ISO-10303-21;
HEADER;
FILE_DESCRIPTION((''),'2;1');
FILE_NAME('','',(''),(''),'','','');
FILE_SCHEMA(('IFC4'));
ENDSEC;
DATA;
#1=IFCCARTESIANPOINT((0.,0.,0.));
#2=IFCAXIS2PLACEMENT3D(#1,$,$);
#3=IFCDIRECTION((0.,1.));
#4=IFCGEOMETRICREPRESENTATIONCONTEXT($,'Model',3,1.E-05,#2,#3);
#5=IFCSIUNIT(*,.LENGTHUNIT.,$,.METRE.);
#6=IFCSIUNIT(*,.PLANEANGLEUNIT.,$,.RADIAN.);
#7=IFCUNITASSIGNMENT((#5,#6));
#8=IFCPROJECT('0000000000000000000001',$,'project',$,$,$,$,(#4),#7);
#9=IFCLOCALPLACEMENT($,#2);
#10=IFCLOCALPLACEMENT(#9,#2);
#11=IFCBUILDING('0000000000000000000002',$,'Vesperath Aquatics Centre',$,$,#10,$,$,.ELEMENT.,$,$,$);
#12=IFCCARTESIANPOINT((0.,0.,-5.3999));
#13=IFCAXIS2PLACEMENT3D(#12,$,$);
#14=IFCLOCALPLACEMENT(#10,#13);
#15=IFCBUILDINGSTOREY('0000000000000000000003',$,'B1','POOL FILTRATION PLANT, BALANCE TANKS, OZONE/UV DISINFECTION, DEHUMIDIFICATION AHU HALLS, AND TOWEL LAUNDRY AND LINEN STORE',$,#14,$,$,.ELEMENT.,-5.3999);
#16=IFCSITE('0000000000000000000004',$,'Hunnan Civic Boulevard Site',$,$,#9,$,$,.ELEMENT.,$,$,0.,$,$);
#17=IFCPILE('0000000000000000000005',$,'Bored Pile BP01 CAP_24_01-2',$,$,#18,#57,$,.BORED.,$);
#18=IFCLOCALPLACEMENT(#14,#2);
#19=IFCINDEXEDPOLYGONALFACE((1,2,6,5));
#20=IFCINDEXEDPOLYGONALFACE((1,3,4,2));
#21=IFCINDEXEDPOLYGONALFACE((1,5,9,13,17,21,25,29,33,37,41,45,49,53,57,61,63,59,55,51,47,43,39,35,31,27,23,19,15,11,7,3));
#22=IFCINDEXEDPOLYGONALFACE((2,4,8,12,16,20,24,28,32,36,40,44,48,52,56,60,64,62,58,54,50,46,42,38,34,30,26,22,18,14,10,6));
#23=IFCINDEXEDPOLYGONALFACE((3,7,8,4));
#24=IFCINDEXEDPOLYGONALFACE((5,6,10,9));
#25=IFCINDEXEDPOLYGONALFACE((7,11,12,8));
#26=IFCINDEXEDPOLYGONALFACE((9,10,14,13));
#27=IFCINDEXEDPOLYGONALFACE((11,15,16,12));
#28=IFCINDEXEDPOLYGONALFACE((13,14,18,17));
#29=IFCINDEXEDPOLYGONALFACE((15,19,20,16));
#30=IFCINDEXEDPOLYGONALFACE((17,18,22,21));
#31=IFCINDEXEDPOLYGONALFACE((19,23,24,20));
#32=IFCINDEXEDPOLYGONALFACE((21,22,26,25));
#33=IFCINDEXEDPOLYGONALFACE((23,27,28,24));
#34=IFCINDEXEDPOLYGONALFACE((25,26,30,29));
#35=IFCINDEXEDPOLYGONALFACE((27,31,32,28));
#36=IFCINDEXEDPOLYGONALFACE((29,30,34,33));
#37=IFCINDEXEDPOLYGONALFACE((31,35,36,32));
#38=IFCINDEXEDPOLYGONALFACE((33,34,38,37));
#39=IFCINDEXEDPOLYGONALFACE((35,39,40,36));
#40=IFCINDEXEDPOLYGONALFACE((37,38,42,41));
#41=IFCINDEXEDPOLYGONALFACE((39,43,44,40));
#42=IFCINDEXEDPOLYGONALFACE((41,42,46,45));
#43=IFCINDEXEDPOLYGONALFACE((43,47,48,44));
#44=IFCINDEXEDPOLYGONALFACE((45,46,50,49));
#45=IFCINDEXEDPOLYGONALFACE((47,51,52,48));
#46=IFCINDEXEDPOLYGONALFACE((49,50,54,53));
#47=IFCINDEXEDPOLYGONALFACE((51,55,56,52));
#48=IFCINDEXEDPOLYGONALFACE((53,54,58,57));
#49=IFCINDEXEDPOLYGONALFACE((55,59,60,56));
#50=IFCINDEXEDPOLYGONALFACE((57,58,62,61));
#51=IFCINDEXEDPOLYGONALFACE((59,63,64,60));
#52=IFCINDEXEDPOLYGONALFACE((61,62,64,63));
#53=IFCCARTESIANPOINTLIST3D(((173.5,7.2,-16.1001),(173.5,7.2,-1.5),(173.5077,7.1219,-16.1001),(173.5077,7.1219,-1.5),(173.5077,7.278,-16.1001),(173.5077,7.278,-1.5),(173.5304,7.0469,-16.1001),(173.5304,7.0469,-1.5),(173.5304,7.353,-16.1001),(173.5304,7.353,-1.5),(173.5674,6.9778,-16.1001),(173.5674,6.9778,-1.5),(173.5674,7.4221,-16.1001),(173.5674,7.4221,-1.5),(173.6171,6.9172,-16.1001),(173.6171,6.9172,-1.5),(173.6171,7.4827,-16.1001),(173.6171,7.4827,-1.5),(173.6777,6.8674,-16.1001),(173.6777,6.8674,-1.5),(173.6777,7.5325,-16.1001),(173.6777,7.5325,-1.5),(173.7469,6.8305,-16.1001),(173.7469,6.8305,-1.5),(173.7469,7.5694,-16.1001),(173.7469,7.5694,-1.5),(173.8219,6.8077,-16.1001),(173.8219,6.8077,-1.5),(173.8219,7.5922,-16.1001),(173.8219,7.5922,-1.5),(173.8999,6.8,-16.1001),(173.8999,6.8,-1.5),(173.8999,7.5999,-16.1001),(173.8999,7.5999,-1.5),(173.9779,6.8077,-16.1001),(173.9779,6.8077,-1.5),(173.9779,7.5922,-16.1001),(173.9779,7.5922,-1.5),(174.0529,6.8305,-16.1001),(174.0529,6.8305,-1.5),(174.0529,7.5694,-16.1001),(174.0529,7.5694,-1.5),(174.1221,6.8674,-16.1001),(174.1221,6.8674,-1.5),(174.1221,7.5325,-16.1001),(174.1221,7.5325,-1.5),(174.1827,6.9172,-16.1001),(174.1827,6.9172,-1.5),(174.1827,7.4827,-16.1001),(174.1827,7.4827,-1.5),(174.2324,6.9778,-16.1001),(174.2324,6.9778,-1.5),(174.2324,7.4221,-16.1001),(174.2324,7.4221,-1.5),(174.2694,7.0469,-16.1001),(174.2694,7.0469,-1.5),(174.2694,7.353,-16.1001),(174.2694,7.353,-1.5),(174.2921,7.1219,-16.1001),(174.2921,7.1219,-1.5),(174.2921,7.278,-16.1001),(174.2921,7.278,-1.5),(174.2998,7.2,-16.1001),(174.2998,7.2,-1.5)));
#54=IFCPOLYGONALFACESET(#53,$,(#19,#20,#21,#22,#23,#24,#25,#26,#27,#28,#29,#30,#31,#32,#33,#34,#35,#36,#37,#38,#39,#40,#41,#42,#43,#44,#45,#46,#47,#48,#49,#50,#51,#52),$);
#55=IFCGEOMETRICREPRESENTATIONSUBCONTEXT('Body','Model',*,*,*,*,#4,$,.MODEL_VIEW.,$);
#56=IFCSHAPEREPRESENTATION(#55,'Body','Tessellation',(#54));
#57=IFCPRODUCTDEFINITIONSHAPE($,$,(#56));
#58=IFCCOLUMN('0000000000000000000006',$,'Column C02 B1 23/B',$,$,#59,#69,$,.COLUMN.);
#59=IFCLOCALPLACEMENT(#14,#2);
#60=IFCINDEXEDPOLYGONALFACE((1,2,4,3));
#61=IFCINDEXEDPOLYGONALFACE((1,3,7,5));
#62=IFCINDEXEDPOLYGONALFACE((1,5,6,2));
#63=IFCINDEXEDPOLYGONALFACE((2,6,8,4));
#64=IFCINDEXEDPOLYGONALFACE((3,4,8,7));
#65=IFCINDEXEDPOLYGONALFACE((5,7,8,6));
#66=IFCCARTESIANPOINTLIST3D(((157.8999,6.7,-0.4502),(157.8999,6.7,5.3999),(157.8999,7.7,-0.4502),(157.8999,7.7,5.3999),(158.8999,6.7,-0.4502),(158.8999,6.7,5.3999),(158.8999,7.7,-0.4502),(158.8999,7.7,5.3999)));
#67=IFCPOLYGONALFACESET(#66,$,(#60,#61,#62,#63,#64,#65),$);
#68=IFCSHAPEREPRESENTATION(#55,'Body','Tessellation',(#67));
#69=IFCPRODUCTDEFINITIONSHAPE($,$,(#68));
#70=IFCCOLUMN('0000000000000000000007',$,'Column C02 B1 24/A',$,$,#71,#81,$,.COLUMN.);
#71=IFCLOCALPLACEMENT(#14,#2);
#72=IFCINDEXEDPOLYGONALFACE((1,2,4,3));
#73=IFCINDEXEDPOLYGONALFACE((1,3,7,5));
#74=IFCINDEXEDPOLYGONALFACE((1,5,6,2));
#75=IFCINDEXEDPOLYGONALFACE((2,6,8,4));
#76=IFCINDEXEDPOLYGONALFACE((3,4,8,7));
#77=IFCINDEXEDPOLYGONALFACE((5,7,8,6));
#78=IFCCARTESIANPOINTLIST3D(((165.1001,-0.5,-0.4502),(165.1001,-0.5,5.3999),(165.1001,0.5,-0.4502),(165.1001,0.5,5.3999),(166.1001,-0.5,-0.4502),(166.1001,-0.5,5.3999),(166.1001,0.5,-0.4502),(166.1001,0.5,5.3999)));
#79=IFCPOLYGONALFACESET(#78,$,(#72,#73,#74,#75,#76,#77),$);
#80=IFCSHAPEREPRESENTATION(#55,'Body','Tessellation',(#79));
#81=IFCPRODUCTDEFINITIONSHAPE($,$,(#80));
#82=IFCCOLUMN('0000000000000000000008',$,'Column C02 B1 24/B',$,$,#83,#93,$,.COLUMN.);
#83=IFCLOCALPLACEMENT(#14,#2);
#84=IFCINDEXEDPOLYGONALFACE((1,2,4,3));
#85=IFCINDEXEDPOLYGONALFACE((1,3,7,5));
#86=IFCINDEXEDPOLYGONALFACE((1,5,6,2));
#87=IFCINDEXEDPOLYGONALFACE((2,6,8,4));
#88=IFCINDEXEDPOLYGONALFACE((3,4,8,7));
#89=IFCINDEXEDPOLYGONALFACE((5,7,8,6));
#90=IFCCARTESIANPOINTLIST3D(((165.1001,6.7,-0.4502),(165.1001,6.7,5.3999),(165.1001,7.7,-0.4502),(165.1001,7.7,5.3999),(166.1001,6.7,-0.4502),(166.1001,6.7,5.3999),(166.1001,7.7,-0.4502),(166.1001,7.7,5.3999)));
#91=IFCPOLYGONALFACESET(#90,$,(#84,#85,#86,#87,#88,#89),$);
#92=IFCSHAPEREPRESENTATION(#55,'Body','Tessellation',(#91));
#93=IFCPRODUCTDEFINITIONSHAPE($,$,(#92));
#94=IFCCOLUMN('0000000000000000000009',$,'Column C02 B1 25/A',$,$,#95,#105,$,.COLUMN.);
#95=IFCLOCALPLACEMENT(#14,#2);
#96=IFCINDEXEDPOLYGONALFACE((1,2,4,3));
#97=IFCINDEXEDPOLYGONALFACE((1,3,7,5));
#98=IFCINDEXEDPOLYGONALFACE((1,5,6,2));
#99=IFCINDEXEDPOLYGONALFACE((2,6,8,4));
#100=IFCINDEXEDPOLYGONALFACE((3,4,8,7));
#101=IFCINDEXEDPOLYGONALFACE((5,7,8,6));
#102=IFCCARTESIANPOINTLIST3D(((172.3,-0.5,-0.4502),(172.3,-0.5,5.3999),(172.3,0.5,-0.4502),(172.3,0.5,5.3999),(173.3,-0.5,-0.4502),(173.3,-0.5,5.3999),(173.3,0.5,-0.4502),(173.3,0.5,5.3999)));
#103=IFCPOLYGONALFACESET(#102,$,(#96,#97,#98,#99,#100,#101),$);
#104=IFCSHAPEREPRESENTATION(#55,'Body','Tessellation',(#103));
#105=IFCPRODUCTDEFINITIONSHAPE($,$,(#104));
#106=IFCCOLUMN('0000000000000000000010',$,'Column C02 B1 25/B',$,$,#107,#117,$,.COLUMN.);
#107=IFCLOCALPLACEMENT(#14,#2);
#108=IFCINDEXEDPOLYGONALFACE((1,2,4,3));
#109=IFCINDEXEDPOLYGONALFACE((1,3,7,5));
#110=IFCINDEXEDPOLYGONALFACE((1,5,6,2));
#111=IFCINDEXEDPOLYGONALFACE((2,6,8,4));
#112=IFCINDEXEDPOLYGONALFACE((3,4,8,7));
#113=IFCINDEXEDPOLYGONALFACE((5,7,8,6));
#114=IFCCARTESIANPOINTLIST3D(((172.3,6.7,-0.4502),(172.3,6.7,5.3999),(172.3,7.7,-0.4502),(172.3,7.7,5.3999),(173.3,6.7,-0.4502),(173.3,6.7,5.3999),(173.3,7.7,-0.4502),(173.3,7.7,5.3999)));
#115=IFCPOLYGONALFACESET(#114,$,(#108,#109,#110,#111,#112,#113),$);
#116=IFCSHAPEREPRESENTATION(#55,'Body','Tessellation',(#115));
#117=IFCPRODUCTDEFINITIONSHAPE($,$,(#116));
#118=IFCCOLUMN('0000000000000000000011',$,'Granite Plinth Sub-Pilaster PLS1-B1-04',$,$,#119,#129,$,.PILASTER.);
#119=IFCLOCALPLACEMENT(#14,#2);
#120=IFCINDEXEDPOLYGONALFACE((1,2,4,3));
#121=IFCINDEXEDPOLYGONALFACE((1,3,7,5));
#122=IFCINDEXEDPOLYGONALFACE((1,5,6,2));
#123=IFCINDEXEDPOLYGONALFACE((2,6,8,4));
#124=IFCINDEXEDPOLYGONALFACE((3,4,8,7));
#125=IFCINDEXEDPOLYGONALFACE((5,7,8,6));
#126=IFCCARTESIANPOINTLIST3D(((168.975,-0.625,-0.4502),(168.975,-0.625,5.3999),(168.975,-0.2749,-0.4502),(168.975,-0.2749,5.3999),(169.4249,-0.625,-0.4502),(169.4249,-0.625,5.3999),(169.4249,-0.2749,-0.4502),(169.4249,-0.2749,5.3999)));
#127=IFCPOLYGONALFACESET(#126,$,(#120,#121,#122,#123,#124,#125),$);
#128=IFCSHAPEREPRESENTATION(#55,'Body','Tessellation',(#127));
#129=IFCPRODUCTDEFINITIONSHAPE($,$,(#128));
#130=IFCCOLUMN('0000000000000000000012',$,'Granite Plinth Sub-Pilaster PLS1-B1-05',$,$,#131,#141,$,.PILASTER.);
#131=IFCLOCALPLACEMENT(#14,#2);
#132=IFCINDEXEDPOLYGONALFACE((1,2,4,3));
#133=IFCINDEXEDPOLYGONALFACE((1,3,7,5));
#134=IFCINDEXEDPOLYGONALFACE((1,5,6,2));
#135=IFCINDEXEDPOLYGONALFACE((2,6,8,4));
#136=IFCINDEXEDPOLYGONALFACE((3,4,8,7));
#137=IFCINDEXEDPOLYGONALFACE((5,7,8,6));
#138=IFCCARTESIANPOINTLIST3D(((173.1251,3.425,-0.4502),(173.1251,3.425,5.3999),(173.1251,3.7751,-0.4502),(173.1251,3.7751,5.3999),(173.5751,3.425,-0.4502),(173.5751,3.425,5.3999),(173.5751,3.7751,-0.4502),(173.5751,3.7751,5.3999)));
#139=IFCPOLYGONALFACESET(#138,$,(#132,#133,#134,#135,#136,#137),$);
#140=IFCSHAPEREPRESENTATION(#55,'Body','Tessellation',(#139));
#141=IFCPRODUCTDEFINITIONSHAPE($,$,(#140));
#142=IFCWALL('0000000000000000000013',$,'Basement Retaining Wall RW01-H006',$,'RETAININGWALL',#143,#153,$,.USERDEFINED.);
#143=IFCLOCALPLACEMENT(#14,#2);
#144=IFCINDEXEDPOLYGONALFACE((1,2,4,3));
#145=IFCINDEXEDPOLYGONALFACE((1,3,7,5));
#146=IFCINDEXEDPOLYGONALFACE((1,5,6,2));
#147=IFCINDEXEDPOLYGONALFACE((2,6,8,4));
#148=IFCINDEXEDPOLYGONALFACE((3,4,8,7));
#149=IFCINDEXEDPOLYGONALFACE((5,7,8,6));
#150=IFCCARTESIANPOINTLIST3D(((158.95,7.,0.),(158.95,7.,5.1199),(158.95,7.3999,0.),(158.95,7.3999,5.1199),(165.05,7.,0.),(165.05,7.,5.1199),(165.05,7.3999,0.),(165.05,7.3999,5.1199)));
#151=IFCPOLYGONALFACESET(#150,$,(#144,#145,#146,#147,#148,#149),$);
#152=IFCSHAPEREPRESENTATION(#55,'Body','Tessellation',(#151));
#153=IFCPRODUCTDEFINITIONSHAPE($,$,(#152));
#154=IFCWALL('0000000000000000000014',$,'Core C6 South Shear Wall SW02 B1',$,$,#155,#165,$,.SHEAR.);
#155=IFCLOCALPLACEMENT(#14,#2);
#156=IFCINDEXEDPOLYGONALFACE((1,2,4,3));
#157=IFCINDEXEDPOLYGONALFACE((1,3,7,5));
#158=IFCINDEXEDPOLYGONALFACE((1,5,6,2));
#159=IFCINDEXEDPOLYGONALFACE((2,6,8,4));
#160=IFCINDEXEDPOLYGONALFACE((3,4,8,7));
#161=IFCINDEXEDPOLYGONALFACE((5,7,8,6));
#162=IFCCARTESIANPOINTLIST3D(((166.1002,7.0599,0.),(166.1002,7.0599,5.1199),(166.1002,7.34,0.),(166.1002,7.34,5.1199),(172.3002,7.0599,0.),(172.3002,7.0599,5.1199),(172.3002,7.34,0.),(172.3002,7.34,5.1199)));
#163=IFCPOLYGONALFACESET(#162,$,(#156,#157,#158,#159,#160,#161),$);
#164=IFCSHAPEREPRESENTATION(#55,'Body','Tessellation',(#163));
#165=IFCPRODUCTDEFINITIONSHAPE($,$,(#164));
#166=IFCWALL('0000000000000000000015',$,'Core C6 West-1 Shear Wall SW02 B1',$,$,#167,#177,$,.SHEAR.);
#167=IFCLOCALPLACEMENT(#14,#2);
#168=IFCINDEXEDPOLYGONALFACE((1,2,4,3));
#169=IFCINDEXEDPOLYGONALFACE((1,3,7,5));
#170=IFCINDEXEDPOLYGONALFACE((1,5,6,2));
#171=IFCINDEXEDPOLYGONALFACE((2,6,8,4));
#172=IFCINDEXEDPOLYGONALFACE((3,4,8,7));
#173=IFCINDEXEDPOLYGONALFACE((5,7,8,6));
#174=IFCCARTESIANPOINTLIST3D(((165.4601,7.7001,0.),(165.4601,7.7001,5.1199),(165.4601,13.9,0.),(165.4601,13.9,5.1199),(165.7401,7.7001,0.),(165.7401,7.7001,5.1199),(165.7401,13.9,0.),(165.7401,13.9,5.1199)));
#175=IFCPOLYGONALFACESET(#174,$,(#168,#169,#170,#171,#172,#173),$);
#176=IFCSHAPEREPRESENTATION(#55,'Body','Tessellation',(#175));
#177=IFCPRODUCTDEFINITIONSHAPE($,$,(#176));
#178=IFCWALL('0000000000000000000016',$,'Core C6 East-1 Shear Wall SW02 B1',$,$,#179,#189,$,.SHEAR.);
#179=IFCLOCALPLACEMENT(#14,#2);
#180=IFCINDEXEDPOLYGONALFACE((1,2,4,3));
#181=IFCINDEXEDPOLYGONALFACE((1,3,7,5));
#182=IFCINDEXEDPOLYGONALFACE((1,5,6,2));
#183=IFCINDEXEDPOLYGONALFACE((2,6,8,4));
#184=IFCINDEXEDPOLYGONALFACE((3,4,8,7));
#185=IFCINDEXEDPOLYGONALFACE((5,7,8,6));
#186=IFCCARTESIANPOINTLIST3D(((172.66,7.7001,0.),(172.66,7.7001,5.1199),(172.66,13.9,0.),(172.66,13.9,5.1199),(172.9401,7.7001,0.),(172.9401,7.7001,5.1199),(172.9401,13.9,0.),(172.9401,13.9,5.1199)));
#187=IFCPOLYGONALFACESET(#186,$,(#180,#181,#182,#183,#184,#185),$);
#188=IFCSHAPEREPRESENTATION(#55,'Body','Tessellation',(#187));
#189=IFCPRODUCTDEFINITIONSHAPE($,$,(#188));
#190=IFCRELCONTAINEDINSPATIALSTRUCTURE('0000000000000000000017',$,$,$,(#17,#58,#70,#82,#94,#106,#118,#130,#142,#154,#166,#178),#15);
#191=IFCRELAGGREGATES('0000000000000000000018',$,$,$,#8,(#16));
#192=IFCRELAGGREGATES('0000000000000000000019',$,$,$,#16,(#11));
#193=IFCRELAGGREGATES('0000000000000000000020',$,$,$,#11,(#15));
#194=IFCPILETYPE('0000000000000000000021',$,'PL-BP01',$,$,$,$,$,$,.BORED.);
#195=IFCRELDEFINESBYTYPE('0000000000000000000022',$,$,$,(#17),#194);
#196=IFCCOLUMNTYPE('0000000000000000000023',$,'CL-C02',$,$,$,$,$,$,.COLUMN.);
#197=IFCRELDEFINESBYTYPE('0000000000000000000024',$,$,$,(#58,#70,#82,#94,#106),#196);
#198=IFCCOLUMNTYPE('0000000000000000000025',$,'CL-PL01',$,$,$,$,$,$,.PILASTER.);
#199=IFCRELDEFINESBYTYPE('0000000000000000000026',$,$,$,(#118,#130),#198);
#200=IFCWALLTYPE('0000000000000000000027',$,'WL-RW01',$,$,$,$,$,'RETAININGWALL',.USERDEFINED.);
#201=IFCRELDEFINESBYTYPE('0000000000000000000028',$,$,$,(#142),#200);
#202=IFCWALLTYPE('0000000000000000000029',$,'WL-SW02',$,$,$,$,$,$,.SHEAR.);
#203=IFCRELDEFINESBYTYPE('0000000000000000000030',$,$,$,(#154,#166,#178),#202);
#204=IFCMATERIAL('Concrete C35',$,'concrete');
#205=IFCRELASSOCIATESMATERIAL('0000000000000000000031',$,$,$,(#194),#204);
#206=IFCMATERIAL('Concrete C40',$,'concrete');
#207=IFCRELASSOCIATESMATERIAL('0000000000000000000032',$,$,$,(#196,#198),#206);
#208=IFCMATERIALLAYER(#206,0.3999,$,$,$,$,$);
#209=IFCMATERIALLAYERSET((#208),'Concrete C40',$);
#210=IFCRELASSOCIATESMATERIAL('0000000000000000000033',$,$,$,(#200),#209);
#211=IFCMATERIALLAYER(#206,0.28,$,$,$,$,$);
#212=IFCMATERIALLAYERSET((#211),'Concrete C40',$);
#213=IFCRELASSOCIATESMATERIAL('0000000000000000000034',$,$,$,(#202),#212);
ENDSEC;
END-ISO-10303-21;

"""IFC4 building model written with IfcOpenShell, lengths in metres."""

from ifc_helpers import new_model, si_unit, direction, frame, frame_2d, origin, origin_2d, place, context, subcontext, project, spatial, rectangle, circle, extrude, material, layer, layer_set, material_profile, profile_set, type_object, element, save


model = new_model("IFC4")

# Units and contexts
model_context = context("Model", 3, precision=1e-05, world=origin(), true_north=direction((0.0, 1.0)))
body_context = subcontext(model_context, "Body", "Model", "MODEL_VIEW")
ifc_project = project(units=[si_unit("LENGTHUNIT", "METRE"), si_unit("PLANEANGLEUNIT", "RADIAN")], contexts=[model_context])

# Site, building, storey
site_placement = place(None, origin())
site = spatial("IfcSite", under=ifc_project, at=site_placement, Name="Hunnan Civic Boulevard Site", CompositionType="ELEMENT", RefElevation=0.0)
building_placement = place(site_placement, origin())
building = spatial("IfcBuilding", under=site, at=building_placement, Name="Vesperath Aquatics Centre", CompositionType="ELEMENT")
storey_placement = place(building_placement, frame((0.0, 0.0, -5.3999)))
storey = spatial("IfcBuildingStorey", under=building, at=storey_placement, Name="B1", Description="POOL FILTRATION PLANT, BALANCE TANKS, OZONE/UV DISINFECTION, DEHUMIDIFICATION AHU HALLS, AND TOWEL LAUNDRY AND LINEN STORE", CompositionType="ELEMENT", Elevation=-5.3999)

# Shared definitions
ifc_material_1 = material(Name="Concrete C40", Category="concrete")

# Pile
ifc_material_2 = material(Name="Concrete C35", Category="concrete")
ifc_material_profile_1 = material_profile(ifc_material_2, circle(Radius=0.3999, at=origin_2d()), Name="PILE D800")
ifc_profile_set_1 = profile_set([ifc_material_profile_1], Name="Concrete C35")
pile_type = type_object("IfcPileType", Name="PL-BP01", PredefinedType="BORED", material=ifc_profile_set_1)
for number, where, z_axis, x_axis, name in (
    (1, (173.8999, 7.2, -1.5), (0.0, 0.0, -1.0), (1.0, 0.0, 0.0), "Bored Pile BP01 CAP_24_01-2"),
):
    element("IfcPile", number, at=place(storey_placement, frame(where, z_axis=z_axis, x_axis=x_axis)), inside=storey, type_object=pile_type, Name=name, PredefinedType="BORED", context=body_context, shape_type="SweptSolid", body=[
        extrude(circle(Radius=0.3999, at=origin_2d()), origin(), (0.0, 0.0, 1.0), 14.6001),
    ])

# Columns
ifc_material_profile_2 = material_profile(ifc_material_1, rectangle(XDim=1.0, YDim=1.0, at=origin_2d()), Name="RC 1000x1000")
ifc_profile_set_2 = profile_set([ifc_material_profile_2], Name="Concrete C40")
column_type_1 = type_object("IfcColumnType", Name="CL-C02", PredefinedType="COLUMN", material=ifc_profile_set_2)
for number, where, z_axis, x_axis, name in (
    (2, (158.3999, 7.2, -0.4502), (0.0, 0.0, 1.0), (1.0, 0.0, 0.0), "Column C02 B1 23/B"),
    (3, (165.6001, 0.0, -0.4502), (0.0, 0.0, 1.0), (1.0, 0.0, 0.0), "Column C02 B1 24/A"),
    (4, (165.6001, 7.2, -0.4502), (0.0, 0.0, 1.0), (1.0, 0.0, 0.0), "Column C02 B1 24/B"),
    (5, (172.8, 0.0, -0.4502), (0.0, 0.0, 1.0), (1.0, 0.0, 0.0), "Column C02 B1 25/A"),
    (6, (172.8, 7.2, -0.4502), (0.0, 0.0, 1.0), (1.0, 0.0, 0.0), "Column C02 B1 25/B"),
):
    element("IfcColumn", number, at=place(storey_placement, frame(where, z_axis=z_axis, x_axis=x_axis)), inside=storey, type_object=column_type_1, Name=name, PredefinedType="COLUMN", context=body_context, shape_type="SweptSolid", body=[
        extrude(rectangle(XDim=1.0, YDim=1.0, at=origin_2d()), origin(), (0.0, 0.0, 1.0), 5.8501),
    ])
ifc_material_profile_3 = material_profile(ifc_material_1, rectangle(XDim=0.45, YDim=0.3501, at=origin_2d()), Name="CL-PL01")
ifc_profile_set_3 = profile_set([ifc_material_profile_3], Name="Concrete C40")
column_type_2 = type_object("IfcColumnType", Name="CL-PL01", PredefinedType="PILASTER", material=ifc_profile_set_3)
for number, where, z_axis, x_axis, name in (
    (7, (169.2, -0.45, -0.4502), (0.0, 0.0, 1.0), (1.0, 0.0, 0.0), "Granite Plinth Sub-Pilaster PLS1-B1-04"),
    (8, (173.3501, 3.6001, -0.4502), (0.0, 0.0, 1.0), (1.0, 0.0, 0.0), "Granite Plinth Sub-Pilaster PLS1-B1-05"),
):
    element("IfcColumn", number, at=place(storey_placement, frame(where, z_axis=z_axis, x_axis=x_axis)), inside=storey, type_object=column_type_2, Name=name, PredefinedType="PILASTER", context=body_context, shape_type="SweptSolid", body=[
        extrude(rectangle(XDim=0.45, YDim=0.3501, at=origin_2d()), origin(), (0.0, 0.0, 1.0), 5.8501),
    ])

# Walls
ifc_layer_1 = layer(ifc_material_1, 0.3999)
ifc_layer_set_1 = layer_set([ifc_layer_1], Name="Concrete C40")
wall_type_1 = type_object("IfcWallType", Name="WL-RW01", ElementType="RETAININGWALL", PredefinedType="USERDEFINED", material=ifc_layer_set_1)
wall_1_placement = place(storey_placement, frame((158.95, 7.2, 0.0), z_axis=(0.0, 0.0, 1.0), x_axis=(1.0, 0.0, 0.0)))
element("IfcWall", 9, at=wall_1_placement, inside=storey, type_object=wall_type_1, Name="Basement Retaining Wall RW01-H006", ObjectType="RETAININGWALL", PredefinedType="USERDEFINED", context=body_context, shape_type="SweptSolid", body=[
    extrude(rectangle(XDim=6.1001, YDim=0.3999, at=frame_2d((3.05, 0.0))), origin(), (0.0, 0.0, 1.0), 5.1199),
])
ifc_layer_2 = layer(ifc_material_1, 0.28)
ifc_layer_set_2 = layer_set([ifc_layer_2], Name="Concrete C40")
wall_type_2 = type_object("IfcWallType", Name="WL-SW02", PredefinedType="SHEAR", material=ifc_layer_set_2)
for number, where, z_axis, x_axis, name in (
    (10, (166.1001, 7.2, 0.0), (0.0, 0.0, 1.0), (1.0, 0.0, 0.0), "Core C6 South Shear Wall SW02 B1"),
    (11, (165.6001, 7.7, 0.0), (0.0, 0.0, 1.0), (0.0, 1.0, 0.0), "Core C6 West-1 Shear Wall SW02 B1"),
    (12, (172.8, 7.7, 0.0), (0.0, 0.0, 1.0), (0.0, 1.0, 0.0), "Core C6 East-1 Shear Wall SW02 B1"),
):
    element("IfcWall", number, at=place(storey_placement, frame(where, z_axis=z_axis, x_axis=x_axis)), inside=storey, type_object=wall_type_2, Name=name, PredefinedType="SHEAR", context=body_context, shape_type="SweptSolid", body=[
        extrude(rectangle(XDim=6.2, YDim=0.28, at=frame_2d((3.1001, 0.0))), origin(), (0.0, 0.0, 1.0), 5.1199),
    ])

save(model, "model.ifc")
